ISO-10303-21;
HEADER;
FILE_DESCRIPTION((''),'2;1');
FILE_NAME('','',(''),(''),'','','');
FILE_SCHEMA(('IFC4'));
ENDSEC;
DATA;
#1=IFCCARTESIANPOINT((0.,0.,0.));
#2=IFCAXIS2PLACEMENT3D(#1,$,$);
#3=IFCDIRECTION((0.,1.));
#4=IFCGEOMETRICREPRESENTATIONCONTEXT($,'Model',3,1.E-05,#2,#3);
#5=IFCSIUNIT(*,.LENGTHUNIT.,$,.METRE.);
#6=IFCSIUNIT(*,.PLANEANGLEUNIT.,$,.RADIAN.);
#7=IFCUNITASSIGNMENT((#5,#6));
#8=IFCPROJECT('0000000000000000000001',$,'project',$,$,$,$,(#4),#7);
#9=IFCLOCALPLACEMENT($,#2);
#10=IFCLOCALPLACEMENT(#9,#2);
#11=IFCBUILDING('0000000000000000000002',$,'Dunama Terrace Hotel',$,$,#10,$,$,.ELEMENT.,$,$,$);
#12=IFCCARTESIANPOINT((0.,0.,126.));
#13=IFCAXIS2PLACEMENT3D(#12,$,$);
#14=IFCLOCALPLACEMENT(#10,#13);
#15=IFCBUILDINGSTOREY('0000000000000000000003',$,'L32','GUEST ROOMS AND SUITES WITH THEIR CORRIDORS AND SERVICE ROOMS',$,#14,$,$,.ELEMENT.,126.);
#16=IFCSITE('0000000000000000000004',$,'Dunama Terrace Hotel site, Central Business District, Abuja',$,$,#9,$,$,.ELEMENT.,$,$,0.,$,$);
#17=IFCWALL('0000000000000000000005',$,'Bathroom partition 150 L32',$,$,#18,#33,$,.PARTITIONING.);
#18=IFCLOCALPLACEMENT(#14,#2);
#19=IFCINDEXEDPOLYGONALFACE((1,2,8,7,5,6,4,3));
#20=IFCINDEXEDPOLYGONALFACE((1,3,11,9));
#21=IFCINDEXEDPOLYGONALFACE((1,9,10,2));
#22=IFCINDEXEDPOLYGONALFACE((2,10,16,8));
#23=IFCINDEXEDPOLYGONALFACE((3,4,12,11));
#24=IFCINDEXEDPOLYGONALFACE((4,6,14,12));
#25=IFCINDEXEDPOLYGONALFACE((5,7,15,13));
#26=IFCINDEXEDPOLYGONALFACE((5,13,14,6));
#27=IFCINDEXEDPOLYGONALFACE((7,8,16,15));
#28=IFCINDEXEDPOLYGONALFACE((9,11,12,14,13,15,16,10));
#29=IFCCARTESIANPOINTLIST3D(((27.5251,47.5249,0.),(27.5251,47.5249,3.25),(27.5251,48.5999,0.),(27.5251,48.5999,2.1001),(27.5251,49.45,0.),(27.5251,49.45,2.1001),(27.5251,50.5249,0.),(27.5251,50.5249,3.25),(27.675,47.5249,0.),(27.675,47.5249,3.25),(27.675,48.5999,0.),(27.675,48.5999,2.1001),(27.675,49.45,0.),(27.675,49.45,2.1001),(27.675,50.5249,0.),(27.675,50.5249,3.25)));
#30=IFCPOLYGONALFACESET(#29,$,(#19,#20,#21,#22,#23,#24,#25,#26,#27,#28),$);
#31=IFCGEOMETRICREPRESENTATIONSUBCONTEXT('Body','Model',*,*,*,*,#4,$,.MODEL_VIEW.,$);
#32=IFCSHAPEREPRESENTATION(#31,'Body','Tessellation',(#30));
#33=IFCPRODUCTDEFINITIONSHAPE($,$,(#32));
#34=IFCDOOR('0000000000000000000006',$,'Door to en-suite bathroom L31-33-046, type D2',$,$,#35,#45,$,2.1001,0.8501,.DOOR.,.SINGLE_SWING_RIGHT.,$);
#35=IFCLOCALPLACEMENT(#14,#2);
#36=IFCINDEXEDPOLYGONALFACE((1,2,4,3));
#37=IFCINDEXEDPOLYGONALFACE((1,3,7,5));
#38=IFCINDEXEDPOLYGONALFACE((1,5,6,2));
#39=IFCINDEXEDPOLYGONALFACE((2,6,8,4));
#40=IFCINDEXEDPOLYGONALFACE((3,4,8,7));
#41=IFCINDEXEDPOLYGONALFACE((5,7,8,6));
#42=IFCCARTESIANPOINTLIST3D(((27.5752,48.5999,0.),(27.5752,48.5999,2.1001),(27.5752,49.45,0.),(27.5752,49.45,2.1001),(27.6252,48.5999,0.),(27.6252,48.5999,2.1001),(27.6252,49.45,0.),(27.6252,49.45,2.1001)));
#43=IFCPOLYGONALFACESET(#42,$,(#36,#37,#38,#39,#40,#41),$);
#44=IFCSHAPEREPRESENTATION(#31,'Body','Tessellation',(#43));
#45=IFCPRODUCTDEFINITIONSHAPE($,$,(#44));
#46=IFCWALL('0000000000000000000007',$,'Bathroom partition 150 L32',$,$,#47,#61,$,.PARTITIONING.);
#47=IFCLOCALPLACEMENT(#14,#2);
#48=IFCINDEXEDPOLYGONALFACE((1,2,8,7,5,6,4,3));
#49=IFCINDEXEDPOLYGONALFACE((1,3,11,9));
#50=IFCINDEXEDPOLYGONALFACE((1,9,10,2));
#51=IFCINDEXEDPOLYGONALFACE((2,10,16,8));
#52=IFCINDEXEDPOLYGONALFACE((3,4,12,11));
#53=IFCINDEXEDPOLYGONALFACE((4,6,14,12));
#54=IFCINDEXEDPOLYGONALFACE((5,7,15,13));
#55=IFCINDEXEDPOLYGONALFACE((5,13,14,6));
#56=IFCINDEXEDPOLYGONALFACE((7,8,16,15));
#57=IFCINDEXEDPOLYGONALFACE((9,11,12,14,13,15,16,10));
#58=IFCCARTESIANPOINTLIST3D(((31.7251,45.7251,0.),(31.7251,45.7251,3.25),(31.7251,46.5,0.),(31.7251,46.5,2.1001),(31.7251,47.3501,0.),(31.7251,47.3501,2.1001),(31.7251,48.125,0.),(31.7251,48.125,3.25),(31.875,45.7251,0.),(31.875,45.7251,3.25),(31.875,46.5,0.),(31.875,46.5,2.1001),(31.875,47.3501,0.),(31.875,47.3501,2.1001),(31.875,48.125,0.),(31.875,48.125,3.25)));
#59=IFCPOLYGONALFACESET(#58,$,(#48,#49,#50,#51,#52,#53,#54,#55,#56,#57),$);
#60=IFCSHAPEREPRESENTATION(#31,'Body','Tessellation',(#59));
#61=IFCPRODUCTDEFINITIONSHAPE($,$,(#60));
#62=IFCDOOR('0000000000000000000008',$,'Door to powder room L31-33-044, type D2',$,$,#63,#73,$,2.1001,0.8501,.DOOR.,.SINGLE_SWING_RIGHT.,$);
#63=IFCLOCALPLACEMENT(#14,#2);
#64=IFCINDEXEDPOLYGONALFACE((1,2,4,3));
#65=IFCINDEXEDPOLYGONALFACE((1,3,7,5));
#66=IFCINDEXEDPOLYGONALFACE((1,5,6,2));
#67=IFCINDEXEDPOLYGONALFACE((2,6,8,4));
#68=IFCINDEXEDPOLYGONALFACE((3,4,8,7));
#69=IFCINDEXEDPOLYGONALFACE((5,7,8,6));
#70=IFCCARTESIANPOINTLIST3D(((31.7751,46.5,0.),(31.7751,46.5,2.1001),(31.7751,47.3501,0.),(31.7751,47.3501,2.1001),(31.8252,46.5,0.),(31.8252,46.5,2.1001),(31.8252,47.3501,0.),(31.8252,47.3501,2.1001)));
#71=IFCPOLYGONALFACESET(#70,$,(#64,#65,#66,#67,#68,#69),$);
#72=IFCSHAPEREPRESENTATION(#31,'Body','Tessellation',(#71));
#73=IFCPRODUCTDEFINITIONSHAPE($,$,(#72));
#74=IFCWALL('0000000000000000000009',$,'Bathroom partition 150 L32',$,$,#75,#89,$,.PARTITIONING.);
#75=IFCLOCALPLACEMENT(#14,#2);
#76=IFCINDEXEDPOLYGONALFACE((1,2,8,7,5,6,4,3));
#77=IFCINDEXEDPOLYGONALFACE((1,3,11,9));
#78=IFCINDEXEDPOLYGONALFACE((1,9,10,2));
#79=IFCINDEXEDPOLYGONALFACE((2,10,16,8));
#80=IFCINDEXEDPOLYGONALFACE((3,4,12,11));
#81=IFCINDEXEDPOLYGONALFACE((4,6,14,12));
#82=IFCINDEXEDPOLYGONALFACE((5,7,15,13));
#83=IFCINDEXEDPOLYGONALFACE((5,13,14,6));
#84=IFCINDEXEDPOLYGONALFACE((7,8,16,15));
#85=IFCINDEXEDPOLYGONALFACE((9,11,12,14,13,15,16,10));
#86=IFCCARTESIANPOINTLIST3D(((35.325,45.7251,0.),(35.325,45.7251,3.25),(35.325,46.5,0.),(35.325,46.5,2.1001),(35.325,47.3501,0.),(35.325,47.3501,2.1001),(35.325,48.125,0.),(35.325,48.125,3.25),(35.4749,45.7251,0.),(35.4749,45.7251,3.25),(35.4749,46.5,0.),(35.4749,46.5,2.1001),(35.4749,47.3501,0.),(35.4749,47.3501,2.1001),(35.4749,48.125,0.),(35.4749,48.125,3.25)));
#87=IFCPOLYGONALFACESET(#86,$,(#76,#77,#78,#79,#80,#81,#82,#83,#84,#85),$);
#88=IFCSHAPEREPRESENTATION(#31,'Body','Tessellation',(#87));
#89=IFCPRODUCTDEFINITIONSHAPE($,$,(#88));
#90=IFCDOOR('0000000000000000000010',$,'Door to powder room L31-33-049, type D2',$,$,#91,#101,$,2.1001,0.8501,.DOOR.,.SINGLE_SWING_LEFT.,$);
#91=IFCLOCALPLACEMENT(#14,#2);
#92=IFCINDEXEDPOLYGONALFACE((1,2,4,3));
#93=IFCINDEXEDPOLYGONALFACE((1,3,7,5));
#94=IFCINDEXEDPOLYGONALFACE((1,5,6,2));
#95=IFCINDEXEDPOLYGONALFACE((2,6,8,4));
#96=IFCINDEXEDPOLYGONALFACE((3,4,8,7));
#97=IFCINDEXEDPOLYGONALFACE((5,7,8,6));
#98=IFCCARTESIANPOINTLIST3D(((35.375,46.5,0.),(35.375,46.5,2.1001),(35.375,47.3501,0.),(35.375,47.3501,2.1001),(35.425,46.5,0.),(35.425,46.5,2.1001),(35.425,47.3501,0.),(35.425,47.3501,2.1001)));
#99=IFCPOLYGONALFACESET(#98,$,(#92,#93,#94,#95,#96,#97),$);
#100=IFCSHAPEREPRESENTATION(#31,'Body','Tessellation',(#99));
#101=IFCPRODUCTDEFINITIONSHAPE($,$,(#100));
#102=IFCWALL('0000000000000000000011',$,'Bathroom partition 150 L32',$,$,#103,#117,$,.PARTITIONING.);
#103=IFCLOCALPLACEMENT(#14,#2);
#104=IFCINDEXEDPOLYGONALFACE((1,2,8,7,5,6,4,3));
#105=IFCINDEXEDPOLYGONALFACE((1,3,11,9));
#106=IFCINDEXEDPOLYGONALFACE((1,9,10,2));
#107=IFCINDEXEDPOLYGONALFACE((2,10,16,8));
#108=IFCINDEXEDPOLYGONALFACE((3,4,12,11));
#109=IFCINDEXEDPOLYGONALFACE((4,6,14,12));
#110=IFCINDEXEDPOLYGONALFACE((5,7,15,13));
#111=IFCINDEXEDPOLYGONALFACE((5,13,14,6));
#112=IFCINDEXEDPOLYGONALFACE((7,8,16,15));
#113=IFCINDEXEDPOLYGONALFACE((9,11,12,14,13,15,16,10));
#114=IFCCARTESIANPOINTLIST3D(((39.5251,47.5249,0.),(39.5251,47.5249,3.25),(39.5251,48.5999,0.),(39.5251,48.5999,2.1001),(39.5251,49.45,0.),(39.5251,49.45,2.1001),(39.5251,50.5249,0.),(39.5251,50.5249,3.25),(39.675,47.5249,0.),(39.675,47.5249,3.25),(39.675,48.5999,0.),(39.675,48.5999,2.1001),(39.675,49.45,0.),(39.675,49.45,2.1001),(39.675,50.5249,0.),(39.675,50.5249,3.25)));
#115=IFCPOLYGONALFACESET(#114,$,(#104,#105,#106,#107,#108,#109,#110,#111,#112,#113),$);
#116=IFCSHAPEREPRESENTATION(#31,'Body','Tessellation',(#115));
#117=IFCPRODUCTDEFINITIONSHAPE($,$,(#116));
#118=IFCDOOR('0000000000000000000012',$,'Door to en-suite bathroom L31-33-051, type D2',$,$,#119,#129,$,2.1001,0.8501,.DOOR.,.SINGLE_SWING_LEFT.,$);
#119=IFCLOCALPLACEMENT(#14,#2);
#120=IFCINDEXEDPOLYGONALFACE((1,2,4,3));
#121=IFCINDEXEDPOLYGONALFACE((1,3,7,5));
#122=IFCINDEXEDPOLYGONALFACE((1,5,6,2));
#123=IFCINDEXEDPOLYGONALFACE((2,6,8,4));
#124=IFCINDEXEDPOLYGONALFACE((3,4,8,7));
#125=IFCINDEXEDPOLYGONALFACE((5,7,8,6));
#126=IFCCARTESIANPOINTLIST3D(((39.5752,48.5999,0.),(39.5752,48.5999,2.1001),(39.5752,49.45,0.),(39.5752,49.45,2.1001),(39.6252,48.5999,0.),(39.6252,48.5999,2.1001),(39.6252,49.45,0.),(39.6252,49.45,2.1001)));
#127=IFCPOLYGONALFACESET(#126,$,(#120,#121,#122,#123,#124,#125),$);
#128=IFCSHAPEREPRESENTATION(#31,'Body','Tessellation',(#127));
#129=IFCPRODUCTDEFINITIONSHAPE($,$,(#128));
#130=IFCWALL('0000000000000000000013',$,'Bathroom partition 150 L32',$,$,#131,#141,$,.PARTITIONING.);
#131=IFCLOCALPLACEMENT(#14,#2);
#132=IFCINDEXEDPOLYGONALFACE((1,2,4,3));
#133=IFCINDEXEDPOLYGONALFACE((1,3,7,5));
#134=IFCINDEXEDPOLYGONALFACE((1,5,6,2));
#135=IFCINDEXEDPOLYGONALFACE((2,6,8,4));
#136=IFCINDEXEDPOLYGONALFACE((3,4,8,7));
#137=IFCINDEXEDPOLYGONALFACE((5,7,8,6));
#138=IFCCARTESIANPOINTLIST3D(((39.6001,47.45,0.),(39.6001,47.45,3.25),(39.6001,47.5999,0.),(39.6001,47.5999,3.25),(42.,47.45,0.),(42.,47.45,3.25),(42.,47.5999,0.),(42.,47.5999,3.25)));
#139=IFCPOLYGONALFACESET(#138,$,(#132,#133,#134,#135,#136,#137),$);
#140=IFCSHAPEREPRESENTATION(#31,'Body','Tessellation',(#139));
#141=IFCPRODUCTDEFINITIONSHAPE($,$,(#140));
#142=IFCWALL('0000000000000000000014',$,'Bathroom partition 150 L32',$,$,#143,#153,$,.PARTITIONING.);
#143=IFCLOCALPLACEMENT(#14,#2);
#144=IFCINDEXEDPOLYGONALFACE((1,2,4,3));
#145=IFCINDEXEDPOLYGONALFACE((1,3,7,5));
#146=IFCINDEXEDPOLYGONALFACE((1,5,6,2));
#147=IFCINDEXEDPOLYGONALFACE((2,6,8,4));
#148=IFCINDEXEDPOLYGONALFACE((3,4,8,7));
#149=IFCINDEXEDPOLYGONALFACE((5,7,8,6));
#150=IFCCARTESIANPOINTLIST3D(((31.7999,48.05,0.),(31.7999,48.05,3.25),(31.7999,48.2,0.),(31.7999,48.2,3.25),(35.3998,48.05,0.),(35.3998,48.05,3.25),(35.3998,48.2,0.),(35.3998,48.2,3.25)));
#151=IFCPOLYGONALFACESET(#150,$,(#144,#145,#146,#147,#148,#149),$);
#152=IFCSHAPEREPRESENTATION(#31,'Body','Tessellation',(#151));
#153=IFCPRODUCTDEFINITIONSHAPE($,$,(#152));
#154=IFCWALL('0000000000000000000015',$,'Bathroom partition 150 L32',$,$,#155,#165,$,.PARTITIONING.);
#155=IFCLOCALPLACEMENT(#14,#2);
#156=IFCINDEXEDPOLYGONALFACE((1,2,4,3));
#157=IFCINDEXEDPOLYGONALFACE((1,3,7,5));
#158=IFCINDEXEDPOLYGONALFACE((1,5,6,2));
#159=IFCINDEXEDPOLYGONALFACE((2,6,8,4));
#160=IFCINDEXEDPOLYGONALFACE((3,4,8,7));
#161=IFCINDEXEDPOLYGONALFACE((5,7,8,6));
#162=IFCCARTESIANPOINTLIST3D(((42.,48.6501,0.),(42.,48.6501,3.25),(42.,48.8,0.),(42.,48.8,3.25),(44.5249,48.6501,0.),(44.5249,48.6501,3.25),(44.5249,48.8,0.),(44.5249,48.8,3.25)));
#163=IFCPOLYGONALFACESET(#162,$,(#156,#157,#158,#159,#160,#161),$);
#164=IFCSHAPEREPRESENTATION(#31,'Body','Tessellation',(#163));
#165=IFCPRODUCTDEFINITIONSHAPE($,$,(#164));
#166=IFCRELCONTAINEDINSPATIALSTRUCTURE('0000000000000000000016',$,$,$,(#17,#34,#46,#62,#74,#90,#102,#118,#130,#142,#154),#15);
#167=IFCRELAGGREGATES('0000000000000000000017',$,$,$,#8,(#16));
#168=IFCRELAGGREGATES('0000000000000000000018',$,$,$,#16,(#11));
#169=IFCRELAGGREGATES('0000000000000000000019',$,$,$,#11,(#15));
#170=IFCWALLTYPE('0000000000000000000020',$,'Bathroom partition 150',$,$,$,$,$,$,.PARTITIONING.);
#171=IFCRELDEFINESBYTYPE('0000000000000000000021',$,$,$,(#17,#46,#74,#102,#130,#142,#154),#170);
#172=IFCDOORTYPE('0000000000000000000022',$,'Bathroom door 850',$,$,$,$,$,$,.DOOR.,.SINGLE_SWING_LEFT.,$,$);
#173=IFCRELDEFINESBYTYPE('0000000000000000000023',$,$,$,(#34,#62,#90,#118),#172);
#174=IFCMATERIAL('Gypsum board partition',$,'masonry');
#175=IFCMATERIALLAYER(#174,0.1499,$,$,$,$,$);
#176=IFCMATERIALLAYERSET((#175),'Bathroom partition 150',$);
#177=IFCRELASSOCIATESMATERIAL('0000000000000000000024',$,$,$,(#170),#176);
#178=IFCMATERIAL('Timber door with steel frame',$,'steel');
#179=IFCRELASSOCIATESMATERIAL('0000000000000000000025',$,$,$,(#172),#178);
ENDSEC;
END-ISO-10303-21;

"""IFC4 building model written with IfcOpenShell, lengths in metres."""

from ifc_helpers import new_model, si_unit, direction, frame, frame_2d, origin, place, context, subcontext, project, spatial, rectangle, extrude, material, layer, layer_set, type_object, element, fill, save


model = new_model("IFC4")

# Units and contexts
model_context = context("Model", 3, precision=1e-05, world=origin(), true_north=direction((0.0, 1.0)))
body_context = subcontext(model_context, "Body", "Model", "MODEL_VIEW")
ifc_project = project(units=[si_unit("LENGTHUNIT", "METRE"), si_unit("PLANEANGLEUNIT", "RADIAN")], contexts=[model_context])

# Site, building, storey
site_placement = place(None, origin())
site = spatial("IfcSite", under=ifc_project, at=site_placement, Name="Dunama Terrace Hotel site, Central Business District, Abuja", CompositionType="ELEMENT", RefElevation=0.0)
building_placement = place(site_placement, origin())
building = spatial("IfcBuilding", under=site, at=building_placement, Name="Dunama Terrace Hotel", CompositionType="ELEMENT")
storey_placement = place(building_placement, frame((0.0, 0.0, 126.0)))
storey = spatial("IfcBuildingStorey", under=building, at=storey_placement, Name="L32", Description="GUEST ROOMS AND SUITES WITH THEIR CORRIDORS AND SERVICE ROOMS", CompositionType="ELEMENT", Elevation=126.0)

# Walls, openings, doors
ifc_material_1 = material(Name="Gypsum board partition", Category="masonry")
ifc_layer_1 = layer(ifc_material_1, 0.1499)
ifc_layer_set_1 = layer_set([ifc_layer_1], Name="Bathroom partition 150")
wall_type_1 = type_object("IfcWallType", Name="Bathroom partition 150", PredefinedType="PARTITIONING", material=ifc_layer_set_1)
wall_1_placement = place(storey_placement, frame((27.6001, 47.5249, 0.0), z_axis=(0.0, 0.0, 1.0), x_axis=(0.0, 1.0, 0.0)))
wall_1 = element("IfcWall", 1, at=wall_1_placement, inside=storey, type_object=wall_type_1, Name="Bathroom partition 150 L32", PredefinedType="PARTITIONING", context=body_context, shape_type="SweptSolid", body=[
    extrude(rectangle(XDim=3.0, YDim=0.1499, at=frame_2d((1.5, 0.0))), origin(), (0.0, 0.0, 1.0), 3.25),
])
opening_1_placement = place(wall_1_placement, frame((1.075, 0.0, 0.0)))
opening_1 = element("IfcOpeningElement", 2, at=opening_1_placement, cuts=wall_1, PredefinedType="OPENING", context=body_context, shape_type="SweptSolid", body=[
    extrude(rectangle(XDim=0.8501, YDim=2.1001, at=frame_2d((0.425, 1.05))), frame((0.0, 0.085, 0.0), z_axis=(0.0, -1.0, 0.0), x_axis=(1.0, 0.0, 0.0)), (0.0, 0.0, 1.0), 0.1699),
])
ifc_material_2 = material(Name="Timber door with steel frame", Category="steel")
door_type_1 = type_object("IfcDoorType", Name="Bathroom door 850", OperationType="SINGLE_SWING_LEFT", PredefinedType="DOOR", material=ifc_material_2)
door_1_placement = place(opening_1_placement, origin())
door_1 = element("IfcDoor", 3, at=door_1_placement, inside=storey, type_object=door_type_1, Name="Door to en-suite bathroom L31-33-046, type D2", OperationType="SINGLE_SWING_RIGHT", OverallHeight=2.1001, OverallWidth=0.8501, PredefinedType="DOOR", context=body_context, shape_type="SweptSolid", body=[
    extrude(rectangle(XDim=0.8501, YDim=2.1001, at=frame_2d((0.425, 1.05))), frame((0.0, 0.0249, 0.0), z_axis=(0.0, -1.0, 0.0), x_axis=(1.0, 0.0, 0.0)), (0.0, 0.0, 1.0), 0.05),
])
fill(opening_1, door_1)
wall_2_placement = place(storey_placement, frame((31.8, 45.7251, 0.0), z_axis=(0.0, 0.0, 1.0), x_axis=(0.0, 1.0, 0.0)))
wall_2 = element("IfcWall", 4, at=wall_2_placement, inside=storey, type_object=wall_type_1, Name="Bathroom partition 150 L32", PredefinedType="PARTITIONING", context=body_context, shape_type="SweptSolid", body=[
    extrude(rectangle(XDim=2.3999, YDim=0.1499, at=frame_2d((1.2, 0.0))), origin(), (0.0, 0.0, 1.0), 3.25),
])
opening_2_placement = place(wall_2_placement, frame((0.7749, 0.0, 0.0)))
opening_2 = element("IfcOpeningElement", 5, at=opening_2_placement, cuts=wall_2, PredefinedType="OPENING", context=body_context, shape_type="SweptSolid", body=[
    extrude(rectangle(XDim=0.8501, YDim=2.1001, at=frame_2d((0.425, 1.05))), frame((0.0, 0.085, 0.0), z_axis=(0.0, -1.0, 0.0), x_axis=(1.0, 0.0, 0.0)), (0.0, 0.0, 1.0), 0.1699),
])
door_2_placement = place(opening_2_placement, frame((0.8501, 0.0, 0.0), z_axis=(0.0, 0.0, 1.0), x_axis=(-1.0, 0.0, 0.0)))
door_2 = element("IfcDoor", 6, at=door_2_placement, inside=storey, type_object=door_type_1, Name="Door to powder room L31-33-044, type D2", OperationType="SINGLE_SWING_RIGHT", OverallHeight=2.1001, OverallWidth=0.8501, PredefinedType="DOOR", context=body_context, shape_type="SweptSolid", body=[
    extrude(rectangle(XDim=0.8501, YDim=2.1001, at=frame_2d((0.425, 1.05))), frame((0.0, 0.0251, 0.0), z_axis=(0.0, -1.0, 0.0), x_axis=(1.0, 0.0, 0.0)), (0.0, 0.0, 1.0), 0.05),
])
fill(opening_2, door_2)
wall_3_placement = place(storey_placement, frame((35.3999, 45.7251, 0.0), z_axis=(0.0, 0.0, 1.0), x_axis=(0.0, 1.0, 0.0)))
wall_3 = element("IfcWall", 7, at=wall_3_placement, inside=storey, type_object=wall_type_1, Name="Bathroom partition 150 L32", PredefinedType="PARTITIONING", context=body_context, shape_type="SweptSolid", body=[
    extrude(rectangle(XDim=2.3999, YDim=0.1499, at=frame_2d((1.2, 0.0))), origin(), (0.0, 0.0, 1.0), 3.25),
])
opening_3_placement = place(wall_3_placement, frame((0.7749, 0.0, 0.0)))
opening_3 = element("IfcOpeningElement", 8, at=opening_3_placement, cuts=wall_3, PredefinedType="OPENING", context=body_context, shape_type="SweptSolid", body=[
    extrude(rectangle(XDim=0.8501, YDim=2.1001, at=frame_2d((0.425, 1.05))), frame((0.0, 0.085, 0.0), z_axis=(0.0, -1.0, 0.0), x_axis=(1.0, 0.0, 0.0)), (0.0, 0.0, 1.0), 0.1699),
])
door_3_placement = place(opening_3_placement, origin())
door_3 = element("IfcDoor", 9, at=door_3_placement, inside=storey, type_object=door_type_1, Name="Door to powder room L31-33-049, type D2", OperationType="SINGLE_SWING_LEFT", OverallHeight=2.1001, OverallWidth=0.8501, PredefinedType="DOOR", context=body_context, shape_type="SweptSolid", body=[
    extrude(rectangle(XDim=0.8501, YDim=2.1001, at=frame_2d((0.425, 1.05))), frame((0.0, 0.0249, 0.0), z_axis=(0.0, -1.0, 0.0), x_axis=(1.0, 0.0, 0.0)), (0.0, 0.0, 1.0), 0.05),
])
fill(opening_3, door_3)
wall_4_placement = place(storey_placement, frame((39.6001, 47.5249, 0.0), z_axis=(0.0, 0.0, 1.0), x_axis=(0.0, 1.0, 0.0)))
wall_4 = element("IfcWall", 10, at=wall_4_placement, inside=storey, type_object=wall_type_1, Name="Bathroom partition 150 L32", PredefinedType="PARTITIONING", context=body_context, shape_type="SweptSolid", body=[
    extrude(rectangle(XDim=3.0, YDim=0.1499, at=frame_2d((1.5, 0.0))), origin(), (0.0, 0.0, 1.0), 3.25),
])
opening_4_placement = place(wall_4_placement, frame((1.075, 0.0, 0.0)))
opening_4 = element("IfcOpeningElement", 11, at=opening_4_placement, cuts=wall_4, PredefinedType="OPENING", context=body_context, shape_type="SweptSolid", body=[
    extrude(rectangle(XDim=0.8501, YDim=2.1001, at=frame_2d((0.425, 1.05))), frame((0.0, 0.085, 0.0), z_axis=(0.0, -1.0, 0.0), x_axis=(1.0, 0.0, 0.0)), (0.0, 0.0, 1.0), 0.1699),
])
door_4_placement = place(opening_4_placement, frame((0.8501, 0.0, 0.0), z_axis=(0.0, 0.0, 1.0), x_axis=(-1.0, 0.0, 0.0)))
door_4 = element("IfcDoor", 12, at=door_4_placement, inside=storey, type_object=door_type_1, Name="Door to en-suite bathroom L31-33-051, type D2", OperationType="SINGLE_SWING_LEFT", OverallHeight=2.1001, OverallWidth=0.8501, PredefinedType="DOOR", context=body_context, shape_type="SweptSolid", body=[
    extrude(rectangle(XDim=0.8501, YDim=2.1001, at=frame_2d((0.425, 1.05))), frame((0.0, 0.0251, 0.0), z_axis=(0.0, -1.0, 0.0), x_axis=(1.0, 0.0, 0.0)), (0.0, 0.0, 1.0), 0.05),
])
fill(opening_4, door_4)

# Walls
wall_5_placement = place(storey_placement, frame((39.6001, 47.5249, 0.0), z_axis=(0.0, 0.0, 1.0), x_axis=(1.0, 0.0, 0.0)))
element("IfcWall", 13, at=wall_5_placement, inside=storey, type_object=wall_type_1, Name="Bathroom partition 150 L32", PredefinedType="PARTITIONING", context=body_context, shape_type="SweptSolid", body=[
    extrude(rectangle(XDim=2.3999, YDim=0.1499, at=frame_2d((1.2, 0.0))), origin(), (0.0, 0.0, 1.0), 3.25),
])
wall_6_placement = place(storey_placement, frame((31.8, 48.125, 0.0), z_axis=(0.0, 0.0, 1.0), x_axis=(1.0, 0.0, 0.0)))
element("IfcWall", 14, at=wall_6_placement, inside=storey, type_object=wall_type_1, Name="Bathroom partition 150 L32", PredefinedType="PARTITIONING", context=body_context, shape_type="SweptSolid", body=[
    extrude(rectangle(XDim=3.5999, YDim=0.1499, at=frame_2d((1.7998, 0.0))), origin(), (0.0, 0.0, 1.0), 3.25),
])
wall_7_placement = place(storey_placement, frame((42.0, 48.7251, 0.0), z_axis=(0.0, 0.0, 1.0), x_axis=(1.0, 0.0, 0.0)))
element("IfcWall", 15, at=wall_7_placement, inside=storey, type_object=wall_type_1, Name="Bathroom partition 150 L32", PredefinedType="PARTITIONING", context=body_context, shape_type="SweptSolid", body=[
    extrude(rectangle(XDim=2.5249, YDim=0.1499, at=frame_2d((1.2625, 0.0))), origin(), (0.0, 0.0, 1.0), 3.25),
])

save(model, "model.ifc")
